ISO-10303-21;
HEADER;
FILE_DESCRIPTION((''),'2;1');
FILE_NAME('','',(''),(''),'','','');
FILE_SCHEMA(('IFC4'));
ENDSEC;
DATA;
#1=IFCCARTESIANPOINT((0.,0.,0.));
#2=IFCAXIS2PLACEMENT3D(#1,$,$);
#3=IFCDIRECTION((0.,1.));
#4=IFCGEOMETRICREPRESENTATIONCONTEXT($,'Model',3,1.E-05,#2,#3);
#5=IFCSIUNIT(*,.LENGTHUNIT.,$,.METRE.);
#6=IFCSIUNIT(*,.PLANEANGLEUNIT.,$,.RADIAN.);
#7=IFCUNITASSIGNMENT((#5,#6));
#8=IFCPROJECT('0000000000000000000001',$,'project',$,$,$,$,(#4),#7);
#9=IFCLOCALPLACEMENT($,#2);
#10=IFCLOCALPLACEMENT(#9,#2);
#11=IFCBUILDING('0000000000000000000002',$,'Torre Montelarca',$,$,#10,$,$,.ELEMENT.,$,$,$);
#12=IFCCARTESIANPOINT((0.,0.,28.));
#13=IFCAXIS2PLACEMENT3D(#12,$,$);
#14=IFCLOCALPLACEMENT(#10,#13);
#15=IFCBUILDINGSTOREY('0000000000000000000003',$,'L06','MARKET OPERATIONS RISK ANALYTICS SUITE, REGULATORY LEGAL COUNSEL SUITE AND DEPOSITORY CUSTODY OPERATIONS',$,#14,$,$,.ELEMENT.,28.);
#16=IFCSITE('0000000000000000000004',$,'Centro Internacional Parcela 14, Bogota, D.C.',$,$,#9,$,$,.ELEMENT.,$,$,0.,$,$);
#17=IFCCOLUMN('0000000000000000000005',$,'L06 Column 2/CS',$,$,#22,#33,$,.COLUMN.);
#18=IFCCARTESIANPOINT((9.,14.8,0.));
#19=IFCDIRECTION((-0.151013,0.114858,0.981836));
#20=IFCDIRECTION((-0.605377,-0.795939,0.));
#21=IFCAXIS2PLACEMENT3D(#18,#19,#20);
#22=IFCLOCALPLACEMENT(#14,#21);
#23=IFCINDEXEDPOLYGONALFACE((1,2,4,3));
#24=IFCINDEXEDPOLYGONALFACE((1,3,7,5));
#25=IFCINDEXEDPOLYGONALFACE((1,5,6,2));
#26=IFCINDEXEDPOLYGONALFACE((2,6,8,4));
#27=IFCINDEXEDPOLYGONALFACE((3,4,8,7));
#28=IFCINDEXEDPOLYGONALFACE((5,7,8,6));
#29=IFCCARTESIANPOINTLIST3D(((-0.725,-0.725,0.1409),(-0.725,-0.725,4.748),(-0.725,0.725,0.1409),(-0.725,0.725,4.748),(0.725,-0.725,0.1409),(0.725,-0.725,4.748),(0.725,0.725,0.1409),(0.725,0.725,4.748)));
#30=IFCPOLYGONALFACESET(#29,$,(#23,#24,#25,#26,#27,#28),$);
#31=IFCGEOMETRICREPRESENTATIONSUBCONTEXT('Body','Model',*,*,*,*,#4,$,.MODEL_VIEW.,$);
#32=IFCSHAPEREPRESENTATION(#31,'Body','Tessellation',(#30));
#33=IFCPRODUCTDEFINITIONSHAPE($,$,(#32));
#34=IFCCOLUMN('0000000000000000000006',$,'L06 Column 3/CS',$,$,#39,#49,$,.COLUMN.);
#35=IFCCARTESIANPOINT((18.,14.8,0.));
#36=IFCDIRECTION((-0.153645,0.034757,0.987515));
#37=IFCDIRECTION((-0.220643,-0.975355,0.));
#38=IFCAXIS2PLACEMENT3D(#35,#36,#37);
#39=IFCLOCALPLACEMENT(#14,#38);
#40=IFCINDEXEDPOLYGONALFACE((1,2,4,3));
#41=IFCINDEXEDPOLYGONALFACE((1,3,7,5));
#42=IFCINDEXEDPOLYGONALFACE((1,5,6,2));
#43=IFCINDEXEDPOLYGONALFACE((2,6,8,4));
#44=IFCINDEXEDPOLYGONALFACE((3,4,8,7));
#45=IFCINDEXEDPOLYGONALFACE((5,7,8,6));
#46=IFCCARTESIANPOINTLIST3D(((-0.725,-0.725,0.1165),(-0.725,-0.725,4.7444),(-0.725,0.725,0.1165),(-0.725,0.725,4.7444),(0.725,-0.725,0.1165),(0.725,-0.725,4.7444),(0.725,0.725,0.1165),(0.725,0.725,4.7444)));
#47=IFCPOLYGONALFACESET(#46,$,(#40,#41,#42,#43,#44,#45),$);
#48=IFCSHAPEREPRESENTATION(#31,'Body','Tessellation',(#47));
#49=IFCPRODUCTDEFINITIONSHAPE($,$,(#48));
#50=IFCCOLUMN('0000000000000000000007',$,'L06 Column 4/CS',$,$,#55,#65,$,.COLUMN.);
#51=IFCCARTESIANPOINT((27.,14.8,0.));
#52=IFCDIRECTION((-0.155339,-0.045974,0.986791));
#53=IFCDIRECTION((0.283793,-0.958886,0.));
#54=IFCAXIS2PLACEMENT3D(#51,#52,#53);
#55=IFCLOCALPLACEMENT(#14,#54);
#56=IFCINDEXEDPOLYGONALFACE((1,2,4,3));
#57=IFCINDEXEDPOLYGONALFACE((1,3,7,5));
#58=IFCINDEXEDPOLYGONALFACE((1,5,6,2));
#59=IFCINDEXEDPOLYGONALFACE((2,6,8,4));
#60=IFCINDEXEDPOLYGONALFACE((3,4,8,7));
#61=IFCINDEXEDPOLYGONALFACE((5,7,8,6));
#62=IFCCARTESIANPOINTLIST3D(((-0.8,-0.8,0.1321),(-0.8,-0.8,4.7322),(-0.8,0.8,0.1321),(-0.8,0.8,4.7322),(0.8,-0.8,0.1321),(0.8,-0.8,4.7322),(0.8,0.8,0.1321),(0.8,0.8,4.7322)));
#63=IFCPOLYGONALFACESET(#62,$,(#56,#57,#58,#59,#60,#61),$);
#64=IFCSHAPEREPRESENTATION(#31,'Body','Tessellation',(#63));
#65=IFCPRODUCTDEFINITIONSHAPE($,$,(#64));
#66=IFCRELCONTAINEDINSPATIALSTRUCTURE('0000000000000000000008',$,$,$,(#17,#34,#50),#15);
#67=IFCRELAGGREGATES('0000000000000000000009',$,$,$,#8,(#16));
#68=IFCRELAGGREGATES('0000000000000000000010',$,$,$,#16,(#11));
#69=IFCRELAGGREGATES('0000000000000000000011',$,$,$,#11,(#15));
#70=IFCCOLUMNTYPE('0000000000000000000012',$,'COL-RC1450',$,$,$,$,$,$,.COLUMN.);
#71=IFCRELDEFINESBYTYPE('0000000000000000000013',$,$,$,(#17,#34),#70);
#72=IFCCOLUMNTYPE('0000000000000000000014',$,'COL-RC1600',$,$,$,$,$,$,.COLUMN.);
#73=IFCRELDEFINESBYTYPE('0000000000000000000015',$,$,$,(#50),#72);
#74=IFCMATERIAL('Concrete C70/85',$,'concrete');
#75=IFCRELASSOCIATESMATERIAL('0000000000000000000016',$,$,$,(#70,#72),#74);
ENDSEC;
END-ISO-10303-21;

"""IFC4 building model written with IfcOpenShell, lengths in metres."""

from ifc_helpers import new_model, si_unit, direction, frame, origin, origin_2d, place, context, subcontext, project, spatial, rectangle, extrude, clip, halfspace, material, material_profile, profile_set, type_object, element, save


model = new_model("IFC4")

# Units and contexts
model_context = context("Model", 3, precision=1e-05, world=origin(), true_north=direction((0.0, 1.0)))
body_context = subcontext(model_context, "Body", "Model", "MODEL_VIEW")
ifc_project = project(units=[si_unit("LENGTHUNIT", "METRE"), si_unit("PLANEANGLEUNIT", "RADIAN")], contexts=[model_context])

# Site, building, storey
site_placement = place(None, origin())
site = spatial("IfcSite", under=ifc_project, at=site_placement, Name="Centro Internacional Parcela 14, Bogota, D.C.", CompositionType="ELEMENT", RefElevation=0.0)
building_placement = place(site_placement, origin())
building = spatial("IfcBuilding", under=site, at=building_placement, Name="Torre Montelarca", CompositionType="ELEMENT")
storey_placement = place(building_placement, frame((0.0, 0.0, 28.0)))
storey = spatial("IfcBuildingStorey", under=building, at=storey_placement, Name="L06", Description="MARKET OPERATIONS RISK ANALYTICS SUITE, REGULATORY LEGAL COUNSEL SUITE AND DEPOSITORY CUSTODY OPERATIONS", CompositionType="ELEMENT", Elevation=28.0)

# Columns
ifc_material_1 = material(Name="Concrete C70/85", Category="concrete")
ifc_material_profile_1 = material_profile(ifc_material_1, rectangle(XDim=1.45, YDim=1.45, at=origin_2d()), Name="RC1450X1450", Category="concrete")
ifc_profile_set_1 = profile_set([ifc_material_profile_1], Name="Concrete C70/85")
column_type_1 = type_object("IfcColumnType", Name="COL-RC1450", PredefinedType="COLUMN", material=ifc_profile_set_1)
column_1_placement = place(storey_placement, frame((9.0, 14.8, 0.0), z_axis=(-0.151013, 0.114858, 0.981836), x_axis=(-0.605377, -0.795939, 0.0)))
element("IfcColumn", 1, at=column_1_placement, inside=storey, type_object=column_type_1, Name="L06 Column 2/CS", PredefinedType="COLUMN", context=body_context, shape_type="Clipping", body=[
    clip(clip(extrude(rectangle(XDim=1.45, YDim=1.45, at=origin_2d()), origin(), (0.0, 0.0, 1.0), 4.8889), halfspace(frame((0.0, 0.0, 0.1409), z_axis=(0.0, 0.0, -1.0), x_axis=(1.0, 0.0, 0.0)), False)), halfspace(frame((0.0, 0.0, 4.748), z_axis=(0.0, 0.0, 1.0), x_axis=(1.0, 0.0, 0.0)), False)),
])
column_2_placement = place(storey_placement, frame((18.0, 14.8, 0.0), z_axis=(-0.153645, 0.034757, 0.987515), x_axis=(-0.220643, -0.975355, 0.0)))
element("IfcColumn", 2, at=column_2_placement, inside=storey, type_object=column_type_1, Name="L06 Column 3/CS", PredefinedType="COLUMN", context=body_context, shape_type="Clipping", body=[
    clip(clip(extrude(rectangle(XDim=1.45, YDim=1.45, at=origin_2d()), origin(), (0.0, 0.0, 1.0), 4.8608), halfspace(frame((0.0, 0.0, 0.1165), z_axis=(0.0, 0.0, -1.0), x_axis=(1.0, 0.0, 0.0)), False)), halfspace(frame((0.0, 0.0, 4.7444), z_axis=(0.0, 0.0, 1.0), x_axis=(1.0, 0.0, 0.0)), False)),
])
ifc_material_profile_2 = material_profile(ifc_material_1, rectangle(XDim=1.6001, YDim=1.6001, at=origin_2d()), Name="RC1600X1600", Category="concrete")
ifc_profile_set_2 = profile_set([ifc_material_profile_2], Name="Concrete C70/85")
column_type_2 = type_object("IfcColumnType", Name="COL-RC1600", PredefinedType="COLUMN", material=ifc_profile_set_2)
column_3_placement = place(storey_placement, frame((27.0, 14.8, 0.0), z_axis=(-0.155339, -0.045974, 0.986791), x_axis=(0.283793, -0.958886, 0.0)))
element("IfcColumn", 3, at=column_3_placement, inside=storey, type_object=column_type_2, Name="L06 Column 4/CS", PredefinedType="COLUMN", context=body_context, shape_type="Clipping", body=[
    clip(clip(extrude(rectangle(XDim=1.6001, YDim=1.6001, at=origin_2d()), origin(), (0.0, 0.0, 1.0), 4.8643), halfspace(frame((0.0, 0.0, 0.1321), z_axis=(0.0, 0.0, -1.0), x_axis=(1.0, 0.0, 0.0)), False)), halfspace(frame((0.0, 0.0, 4.7322), z_axis=(0.0, 0.0, 1.0), x_axis=(1.0, 0.0, 0.0)), False)),
])

save(model, "model.ifc")
